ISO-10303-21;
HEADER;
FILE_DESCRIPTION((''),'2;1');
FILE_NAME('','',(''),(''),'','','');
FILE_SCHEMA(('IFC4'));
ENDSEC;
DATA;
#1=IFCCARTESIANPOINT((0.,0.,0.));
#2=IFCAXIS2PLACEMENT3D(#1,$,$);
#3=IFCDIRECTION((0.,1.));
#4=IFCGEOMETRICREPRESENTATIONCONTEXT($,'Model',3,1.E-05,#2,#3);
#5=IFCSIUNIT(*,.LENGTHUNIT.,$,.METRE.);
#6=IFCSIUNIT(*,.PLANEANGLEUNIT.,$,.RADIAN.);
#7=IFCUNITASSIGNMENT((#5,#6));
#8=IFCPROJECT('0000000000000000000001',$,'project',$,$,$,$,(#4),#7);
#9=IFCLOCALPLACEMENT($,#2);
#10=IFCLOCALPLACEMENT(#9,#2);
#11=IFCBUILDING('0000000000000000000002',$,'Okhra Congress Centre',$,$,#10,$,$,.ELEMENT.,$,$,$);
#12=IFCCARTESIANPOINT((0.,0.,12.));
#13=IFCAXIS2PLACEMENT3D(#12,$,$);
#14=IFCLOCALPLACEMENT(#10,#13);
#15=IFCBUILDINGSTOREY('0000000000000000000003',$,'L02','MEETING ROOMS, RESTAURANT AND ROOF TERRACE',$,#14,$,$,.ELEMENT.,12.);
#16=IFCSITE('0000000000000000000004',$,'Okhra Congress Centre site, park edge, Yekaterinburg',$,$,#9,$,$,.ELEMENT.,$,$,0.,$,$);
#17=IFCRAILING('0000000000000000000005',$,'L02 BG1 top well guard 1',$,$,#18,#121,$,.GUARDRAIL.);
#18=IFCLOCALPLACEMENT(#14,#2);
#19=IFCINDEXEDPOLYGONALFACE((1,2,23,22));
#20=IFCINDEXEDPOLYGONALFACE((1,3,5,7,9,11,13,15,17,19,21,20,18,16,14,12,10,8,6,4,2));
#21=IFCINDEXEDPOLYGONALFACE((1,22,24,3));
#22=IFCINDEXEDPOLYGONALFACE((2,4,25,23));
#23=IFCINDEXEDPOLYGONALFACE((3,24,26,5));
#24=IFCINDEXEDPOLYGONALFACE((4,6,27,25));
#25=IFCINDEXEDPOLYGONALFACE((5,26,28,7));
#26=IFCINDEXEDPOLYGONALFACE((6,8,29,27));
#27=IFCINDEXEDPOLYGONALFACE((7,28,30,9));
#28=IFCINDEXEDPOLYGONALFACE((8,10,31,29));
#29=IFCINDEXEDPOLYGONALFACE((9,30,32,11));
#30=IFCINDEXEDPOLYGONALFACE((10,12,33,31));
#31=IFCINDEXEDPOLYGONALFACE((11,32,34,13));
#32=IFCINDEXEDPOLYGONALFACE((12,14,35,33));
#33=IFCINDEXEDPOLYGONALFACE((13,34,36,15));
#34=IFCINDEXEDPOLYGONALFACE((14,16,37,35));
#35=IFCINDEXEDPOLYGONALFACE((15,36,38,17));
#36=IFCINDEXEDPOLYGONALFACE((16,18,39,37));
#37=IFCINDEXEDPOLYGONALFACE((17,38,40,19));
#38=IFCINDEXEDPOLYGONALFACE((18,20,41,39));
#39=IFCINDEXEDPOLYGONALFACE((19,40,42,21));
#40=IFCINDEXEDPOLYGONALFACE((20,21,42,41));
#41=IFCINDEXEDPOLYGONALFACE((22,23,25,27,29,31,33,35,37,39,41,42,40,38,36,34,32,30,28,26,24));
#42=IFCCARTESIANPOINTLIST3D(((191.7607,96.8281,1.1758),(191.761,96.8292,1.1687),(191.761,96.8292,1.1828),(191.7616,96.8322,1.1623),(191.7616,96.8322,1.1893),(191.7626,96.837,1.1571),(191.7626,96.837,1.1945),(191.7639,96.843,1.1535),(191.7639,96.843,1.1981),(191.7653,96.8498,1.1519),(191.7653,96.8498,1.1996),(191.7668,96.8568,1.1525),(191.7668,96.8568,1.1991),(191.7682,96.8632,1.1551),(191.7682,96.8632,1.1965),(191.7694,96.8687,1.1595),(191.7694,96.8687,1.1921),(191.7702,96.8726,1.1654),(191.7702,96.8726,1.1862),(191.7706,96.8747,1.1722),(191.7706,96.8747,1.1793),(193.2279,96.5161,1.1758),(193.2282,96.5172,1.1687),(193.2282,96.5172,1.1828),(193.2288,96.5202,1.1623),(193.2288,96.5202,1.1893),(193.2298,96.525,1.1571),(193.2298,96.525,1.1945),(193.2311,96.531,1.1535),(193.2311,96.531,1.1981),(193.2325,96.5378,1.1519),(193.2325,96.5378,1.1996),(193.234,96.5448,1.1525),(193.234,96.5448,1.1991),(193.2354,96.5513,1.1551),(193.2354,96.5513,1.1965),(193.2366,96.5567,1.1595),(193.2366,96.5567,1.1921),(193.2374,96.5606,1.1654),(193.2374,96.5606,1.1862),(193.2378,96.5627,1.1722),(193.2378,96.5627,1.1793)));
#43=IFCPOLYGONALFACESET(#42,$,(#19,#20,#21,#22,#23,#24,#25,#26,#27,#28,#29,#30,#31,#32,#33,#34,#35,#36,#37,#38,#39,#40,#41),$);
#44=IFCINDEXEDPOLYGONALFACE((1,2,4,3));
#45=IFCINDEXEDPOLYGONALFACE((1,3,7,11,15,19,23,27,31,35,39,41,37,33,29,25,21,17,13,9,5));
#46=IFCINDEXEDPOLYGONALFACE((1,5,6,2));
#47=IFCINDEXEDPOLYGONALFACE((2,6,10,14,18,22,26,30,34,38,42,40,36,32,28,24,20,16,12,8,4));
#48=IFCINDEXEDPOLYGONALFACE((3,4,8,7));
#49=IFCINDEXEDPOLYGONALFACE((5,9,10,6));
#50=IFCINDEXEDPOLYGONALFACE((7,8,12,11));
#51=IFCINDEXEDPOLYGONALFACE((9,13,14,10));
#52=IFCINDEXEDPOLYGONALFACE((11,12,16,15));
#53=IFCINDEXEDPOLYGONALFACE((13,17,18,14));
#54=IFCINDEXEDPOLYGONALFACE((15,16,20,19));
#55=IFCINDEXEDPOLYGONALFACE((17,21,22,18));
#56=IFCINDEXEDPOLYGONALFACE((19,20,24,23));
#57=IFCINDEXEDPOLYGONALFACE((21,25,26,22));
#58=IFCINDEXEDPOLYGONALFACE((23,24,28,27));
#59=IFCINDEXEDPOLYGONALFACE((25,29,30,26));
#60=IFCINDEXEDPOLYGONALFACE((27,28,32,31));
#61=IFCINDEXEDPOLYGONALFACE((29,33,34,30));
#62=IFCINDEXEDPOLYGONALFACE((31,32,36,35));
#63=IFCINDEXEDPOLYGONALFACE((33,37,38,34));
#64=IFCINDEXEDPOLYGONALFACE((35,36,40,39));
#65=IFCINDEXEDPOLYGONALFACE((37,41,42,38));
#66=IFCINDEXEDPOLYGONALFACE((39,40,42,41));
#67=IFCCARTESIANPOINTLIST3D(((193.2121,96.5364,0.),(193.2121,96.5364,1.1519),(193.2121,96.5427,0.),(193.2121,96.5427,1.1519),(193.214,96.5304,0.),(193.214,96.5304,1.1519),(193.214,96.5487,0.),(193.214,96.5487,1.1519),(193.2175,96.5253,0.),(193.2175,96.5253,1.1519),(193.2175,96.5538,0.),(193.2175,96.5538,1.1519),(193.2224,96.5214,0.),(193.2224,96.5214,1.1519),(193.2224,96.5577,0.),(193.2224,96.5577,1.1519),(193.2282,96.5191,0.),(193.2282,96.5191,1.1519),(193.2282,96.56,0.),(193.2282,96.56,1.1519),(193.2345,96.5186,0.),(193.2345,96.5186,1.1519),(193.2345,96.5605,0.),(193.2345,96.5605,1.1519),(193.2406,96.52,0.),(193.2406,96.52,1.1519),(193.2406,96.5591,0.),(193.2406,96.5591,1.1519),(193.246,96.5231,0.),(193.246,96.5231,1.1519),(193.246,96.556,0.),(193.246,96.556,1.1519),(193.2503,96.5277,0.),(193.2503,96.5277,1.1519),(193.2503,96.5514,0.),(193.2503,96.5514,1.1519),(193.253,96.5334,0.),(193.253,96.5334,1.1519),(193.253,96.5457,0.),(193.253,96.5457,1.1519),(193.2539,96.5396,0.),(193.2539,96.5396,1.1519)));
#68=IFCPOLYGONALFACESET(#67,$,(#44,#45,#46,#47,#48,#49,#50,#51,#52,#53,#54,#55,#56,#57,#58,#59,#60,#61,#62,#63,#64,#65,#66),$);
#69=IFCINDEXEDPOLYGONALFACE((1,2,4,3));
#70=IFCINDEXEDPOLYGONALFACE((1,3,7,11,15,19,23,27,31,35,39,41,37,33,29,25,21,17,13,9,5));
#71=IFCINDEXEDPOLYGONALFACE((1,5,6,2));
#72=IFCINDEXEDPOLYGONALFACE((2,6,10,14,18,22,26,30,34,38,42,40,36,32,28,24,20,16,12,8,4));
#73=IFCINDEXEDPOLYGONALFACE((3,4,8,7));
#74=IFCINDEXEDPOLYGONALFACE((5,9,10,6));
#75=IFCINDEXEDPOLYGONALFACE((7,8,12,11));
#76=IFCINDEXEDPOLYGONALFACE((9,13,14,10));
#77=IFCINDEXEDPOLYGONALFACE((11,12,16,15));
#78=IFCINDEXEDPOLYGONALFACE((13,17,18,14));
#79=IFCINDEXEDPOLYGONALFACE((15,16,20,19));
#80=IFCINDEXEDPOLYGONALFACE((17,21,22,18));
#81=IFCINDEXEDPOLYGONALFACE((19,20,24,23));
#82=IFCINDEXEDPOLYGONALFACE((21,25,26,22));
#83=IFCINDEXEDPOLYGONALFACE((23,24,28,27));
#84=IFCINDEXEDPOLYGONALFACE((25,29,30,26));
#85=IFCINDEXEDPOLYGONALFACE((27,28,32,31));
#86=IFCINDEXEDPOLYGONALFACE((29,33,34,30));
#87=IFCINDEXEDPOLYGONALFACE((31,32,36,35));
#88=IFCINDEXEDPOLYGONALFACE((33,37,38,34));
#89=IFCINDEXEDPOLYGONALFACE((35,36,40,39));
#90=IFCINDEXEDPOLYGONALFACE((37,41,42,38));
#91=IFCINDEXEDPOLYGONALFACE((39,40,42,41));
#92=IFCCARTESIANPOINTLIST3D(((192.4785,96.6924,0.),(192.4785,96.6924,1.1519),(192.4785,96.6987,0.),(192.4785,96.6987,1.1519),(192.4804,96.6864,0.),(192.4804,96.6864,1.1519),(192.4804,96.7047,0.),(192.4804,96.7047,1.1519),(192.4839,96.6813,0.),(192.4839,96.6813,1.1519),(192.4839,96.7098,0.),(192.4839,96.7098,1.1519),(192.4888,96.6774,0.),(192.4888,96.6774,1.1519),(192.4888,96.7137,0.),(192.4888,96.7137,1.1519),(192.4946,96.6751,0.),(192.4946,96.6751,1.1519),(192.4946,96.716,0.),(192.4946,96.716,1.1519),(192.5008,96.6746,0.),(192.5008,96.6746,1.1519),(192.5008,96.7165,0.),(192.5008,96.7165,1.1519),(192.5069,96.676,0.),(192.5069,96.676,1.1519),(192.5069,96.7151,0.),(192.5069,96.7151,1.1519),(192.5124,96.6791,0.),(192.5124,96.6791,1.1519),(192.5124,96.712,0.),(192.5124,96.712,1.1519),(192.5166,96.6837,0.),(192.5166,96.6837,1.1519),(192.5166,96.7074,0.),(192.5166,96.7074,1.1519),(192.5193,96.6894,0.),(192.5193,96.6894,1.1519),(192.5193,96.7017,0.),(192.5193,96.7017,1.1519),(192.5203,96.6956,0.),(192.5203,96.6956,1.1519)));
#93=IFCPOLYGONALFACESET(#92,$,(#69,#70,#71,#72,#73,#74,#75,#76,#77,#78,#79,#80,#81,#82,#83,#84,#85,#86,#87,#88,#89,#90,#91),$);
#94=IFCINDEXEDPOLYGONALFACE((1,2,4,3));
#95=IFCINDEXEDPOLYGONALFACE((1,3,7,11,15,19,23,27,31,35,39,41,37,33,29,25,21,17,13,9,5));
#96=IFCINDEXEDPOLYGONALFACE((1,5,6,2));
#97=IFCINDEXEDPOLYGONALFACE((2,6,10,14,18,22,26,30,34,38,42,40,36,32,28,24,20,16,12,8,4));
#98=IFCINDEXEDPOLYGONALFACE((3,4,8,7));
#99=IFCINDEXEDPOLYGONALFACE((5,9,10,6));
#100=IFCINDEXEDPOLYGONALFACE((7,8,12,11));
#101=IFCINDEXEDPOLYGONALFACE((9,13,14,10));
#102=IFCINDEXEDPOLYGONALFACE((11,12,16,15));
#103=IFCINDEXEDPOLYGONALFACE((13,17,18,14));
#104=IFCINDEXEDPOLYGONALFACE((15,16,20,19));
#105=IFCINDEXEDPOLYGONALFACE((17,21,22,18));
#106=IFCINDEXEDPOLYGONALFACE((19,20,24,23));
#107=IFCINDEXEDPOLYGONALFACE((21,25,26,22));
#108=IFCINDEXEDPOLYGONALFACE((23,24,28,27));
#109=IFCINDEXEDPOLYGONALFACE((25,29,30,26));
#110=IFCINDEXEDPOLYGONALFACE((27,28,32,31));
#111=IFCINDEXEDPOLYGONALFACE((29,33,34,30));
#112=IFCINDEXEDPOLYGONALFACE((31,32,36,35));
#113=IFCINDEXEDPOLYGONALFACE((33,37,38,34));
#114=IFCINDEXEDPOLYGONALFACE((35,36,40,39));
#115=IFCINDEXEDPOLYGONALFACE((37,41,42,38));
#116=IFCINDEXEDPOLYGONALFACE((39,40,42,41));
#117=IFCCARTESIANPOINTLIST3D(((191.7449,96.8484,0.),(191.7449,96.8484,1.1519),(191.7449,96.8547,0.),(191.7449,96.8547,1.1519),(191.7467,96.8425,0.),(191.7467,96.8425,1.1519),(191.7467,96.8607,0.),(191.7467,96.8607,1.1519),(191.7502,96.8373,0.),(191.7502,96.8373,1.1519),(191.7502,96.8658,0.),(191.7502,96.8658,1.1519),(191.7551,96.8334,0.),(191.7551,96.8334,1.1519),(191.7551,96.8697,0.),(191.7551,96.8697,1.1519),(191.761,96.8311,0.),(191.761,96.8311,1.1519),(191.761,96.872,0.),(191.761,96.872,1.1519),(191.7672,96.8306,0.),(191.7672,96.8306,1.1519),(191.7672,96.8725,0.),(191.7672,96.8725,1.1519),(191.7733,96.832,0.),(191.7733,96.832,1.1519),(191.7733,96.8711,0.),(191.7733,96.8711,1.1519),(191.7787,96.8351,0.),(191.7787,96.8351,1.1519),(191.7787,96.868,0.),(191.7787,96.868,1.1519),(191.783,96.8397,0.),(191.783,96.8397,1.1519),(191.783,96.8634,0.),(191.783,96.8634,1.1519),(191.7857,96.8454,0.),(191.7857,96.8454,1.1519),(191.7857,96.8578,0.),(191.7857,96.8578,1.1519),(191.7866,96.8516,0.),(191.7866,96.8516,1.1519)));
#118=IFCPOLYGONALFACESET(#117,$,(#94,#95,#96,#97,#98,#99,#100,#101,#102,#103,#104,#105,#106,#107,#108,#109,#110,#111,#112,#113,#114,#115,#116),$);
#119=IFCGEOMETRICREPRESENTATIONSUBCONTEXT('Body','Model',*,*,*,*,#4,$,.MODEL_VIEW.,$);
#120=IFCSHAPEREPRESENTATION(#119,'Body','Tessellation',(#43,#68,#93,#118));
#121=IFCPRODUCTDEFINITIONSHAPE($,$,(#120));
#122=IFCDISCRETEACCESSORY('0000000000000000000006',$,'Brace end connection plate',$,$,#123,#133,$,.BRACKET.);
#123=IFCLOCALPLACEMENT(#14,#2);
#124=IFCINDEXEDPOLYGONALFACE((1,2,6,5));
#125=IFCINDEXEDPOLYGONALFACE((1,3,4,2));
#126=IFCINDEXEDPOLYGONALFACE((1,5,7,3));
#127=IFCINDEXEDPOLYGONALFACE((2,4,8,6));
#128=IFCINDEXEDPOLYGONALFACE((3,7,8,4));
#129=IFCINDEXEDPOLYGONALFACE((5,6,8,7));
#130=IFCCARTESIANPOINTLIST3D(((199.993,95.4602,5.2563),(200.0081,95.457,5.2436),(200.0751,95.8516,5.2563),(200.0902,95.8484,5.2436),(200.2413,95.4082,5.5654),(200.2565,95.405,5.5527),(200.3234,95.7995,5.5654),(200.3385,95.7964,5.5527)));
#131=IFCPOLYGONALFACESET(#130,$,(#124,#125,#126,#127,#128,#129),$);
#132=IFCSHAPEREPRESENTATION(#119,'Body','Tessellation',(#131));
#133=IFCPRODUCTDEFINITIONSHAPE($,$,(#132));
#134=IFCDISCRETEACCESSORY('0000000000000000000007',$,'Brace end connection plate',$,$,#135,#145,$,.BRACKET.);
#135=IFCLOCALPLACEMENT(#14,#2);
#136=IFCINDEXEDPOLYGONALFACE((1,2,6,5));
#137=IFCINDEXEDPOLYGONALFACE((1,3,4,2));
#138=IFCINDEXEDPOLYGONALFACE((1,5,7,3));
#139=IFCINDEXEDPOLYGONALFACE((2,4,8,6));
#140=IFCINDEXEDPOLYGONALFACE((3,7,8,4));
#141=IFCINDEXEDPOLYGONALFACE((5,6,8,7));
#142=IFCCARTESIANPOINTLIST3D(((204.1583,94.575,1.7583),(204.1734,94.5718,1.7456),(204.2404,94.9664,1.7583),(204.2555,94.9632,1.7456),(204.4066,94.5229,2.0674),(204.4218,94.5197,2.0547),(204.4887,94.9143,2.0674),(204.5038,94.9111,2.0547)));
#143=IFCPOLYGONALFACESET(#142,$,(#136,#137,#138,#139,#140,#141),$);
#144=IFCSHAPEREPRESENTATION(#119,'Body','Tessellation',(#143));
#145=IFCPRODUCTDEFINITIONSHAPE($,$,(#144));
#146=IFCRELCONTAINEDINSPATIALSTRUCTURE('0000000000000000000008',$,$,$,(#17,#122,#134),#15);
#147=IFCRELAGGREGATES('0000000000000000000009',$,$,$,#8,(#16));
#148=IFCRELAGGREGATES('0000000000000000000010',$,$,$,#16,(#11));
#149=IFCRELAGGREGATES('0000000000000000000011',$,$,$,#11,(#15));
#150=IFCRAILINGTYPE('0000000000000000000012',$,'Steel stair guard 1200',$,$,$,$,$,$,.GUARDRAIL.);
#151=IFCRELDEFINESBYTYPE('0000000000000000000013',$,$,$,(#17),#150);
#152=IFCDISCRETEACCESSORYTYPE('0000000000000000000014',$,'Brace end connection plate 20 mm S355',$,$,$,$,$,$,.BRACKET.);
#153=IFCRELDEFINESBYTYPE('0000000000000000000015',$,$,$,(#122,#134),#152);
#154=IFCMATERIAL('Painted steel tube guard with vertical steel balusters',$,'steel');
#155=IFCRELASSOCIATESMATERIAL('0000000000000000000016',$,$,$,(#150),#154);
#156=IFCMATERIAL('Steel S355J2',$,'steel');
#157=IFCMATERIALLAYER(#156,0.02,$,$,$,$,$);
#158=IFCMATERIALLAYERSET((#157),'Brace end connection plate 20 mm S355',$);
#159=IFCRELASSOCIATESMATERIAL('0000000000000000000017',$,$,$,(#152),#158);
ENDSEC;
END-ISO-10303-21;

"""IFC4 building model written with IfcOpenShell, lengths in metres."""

from ifc_helpers import new_model, si_unit, direction, frame, origin, origin_2d, place, context, subcontext, project, spatial, rectangle, circle, extrude, material, layer, layer_set, type_object, element, save


model = new_model("IFC4")

# Units and contexts
model_context = context("Model", 3, precision=1e-05, world=origin(), true_north=direction((0.0, 1.0)))
body_context = subcontext(model_context, "Body", "Model", "MODEL_VIEW")
ifc_project = project(units=[si_unit("LENGTHUNIT", "METRE"), si_unit("PLANEANGLEUNIT", "RADIAN")], contexts=[model_context])

# Site, building, storey
site_placement = place(None, origin())
site = spatial("IfcSite", under=ifc_project, at=site_placement, Name="Okhra Congress Centre site, park edge, Yekaterinburg", CompositionType="ELEMENT", RefElevation=0.0)
building_placement = place(site_placement, origin())
building = spatial("IfcBuilding", under=site, at=building_placement, Name="Okhra Congress Centre", CompositionType="ELEMENT")
storey_placement = place(building_placement, frame((0.0, 0.0, 12.0)))
storey = spatial("IfcBuildingStorey", under=building, at=storey_placement, Name="L02", Description="MEETING ROOMS, RESTAURANT AND ROOF TERRACE", CompositionType="ELEMENT", Elevation=12.0)

# Shared definitions
ifc_material_1 = material(Name="Steel S355J2", Category="steel")

# Railing
ifc_material_2 = material(Name="Painted steel tube guard with vertical steel balusters", Category="steel")
railing_type_1 = type_object("IfcRailingType", Name="Steel stair guard 1200", PredefinedType="GUARDRAIL", material=ifc_material_2)
railing_1_placement = place(storey_placement, frame((193.2329, 96.5396, 0.0)))
element("IfcRailing", 1, at=railing_1_placement, inside=storey, type_object=railing_type_1, Name="L02 BG1 top well guard 1", PredefinedType="GUARDRAIL", context=body_context, shape_type="SweptSolid", body=[
    extrude(circle(Radius=0.0239, at=origin_2d()), frame((0.0, 0.0, 1.1758), z_axis=(-0.97813, 0.207995, 0.0), x_axis=(-0.207995, -0.97813, 0.0)), (0.0, 0.0, 1.0), 1.5),
    extrude(circle(Radius=0.021, at=origin_2d()), origin(), (0.0, 0.0, 1.0), 1.1519),
    extrude(circle(Radius=0.021, at=origin_2d()), frame((-0.7336, 0.156, 0.0)), (0.0, 0.0, 1.0), 1.1519),
    extrude(circle(Radius=0.021, at=origin_2d()), frame((-1.4673, 0.312, 0.0)), (0.0, 0.0, 1.0), 1.1519),
])

# Discrete accessories
ifc_layer_1 = layer(ifc_material_1, 0.02)
ifc_layer_set_1 = layer_set([ifc_layer_1], Name="Brace end connection plate 20 mm S355")
discrete_accessory_type = type_object("IfcDiscreteAccessoryType", Name="Brace end connection plate 20 mm S355", PredefinedType="BRACKET", material=ifc_layer_set_1)
for number, where, z_axis, x_axis, name in (
    (2, (200.1733, 95.6267, 5.3982), (-0.756491, 0.158619, 0.634477), (-0.205215, -0.978717, 0.0), "Brace end connection plate"),
    (3, (204.3235, 94.7446, 1.9128), (0.756491, -0.158619, -0.634477), (0.205215, 0.978717, 0.0), "Brace end connection plate"),
):
    element("IfcDiscreteAccessory", number, at=place(storey_placement, frame(where, z_axis=z_axis, x_axis=x_axis)), inside=storey, type_object=discrete_accessory_type, Name=name, PredefinedType="BRACKET", context=body_context, shape_type="SweptSolid", body=[
        extrude(rectangle(XDim=0.3999, YDim=0.3999, at=origin_2d()), origin(), (0.0, 0.0, 1.0), 0.02),
    ])

save(model, "model.ifc")
